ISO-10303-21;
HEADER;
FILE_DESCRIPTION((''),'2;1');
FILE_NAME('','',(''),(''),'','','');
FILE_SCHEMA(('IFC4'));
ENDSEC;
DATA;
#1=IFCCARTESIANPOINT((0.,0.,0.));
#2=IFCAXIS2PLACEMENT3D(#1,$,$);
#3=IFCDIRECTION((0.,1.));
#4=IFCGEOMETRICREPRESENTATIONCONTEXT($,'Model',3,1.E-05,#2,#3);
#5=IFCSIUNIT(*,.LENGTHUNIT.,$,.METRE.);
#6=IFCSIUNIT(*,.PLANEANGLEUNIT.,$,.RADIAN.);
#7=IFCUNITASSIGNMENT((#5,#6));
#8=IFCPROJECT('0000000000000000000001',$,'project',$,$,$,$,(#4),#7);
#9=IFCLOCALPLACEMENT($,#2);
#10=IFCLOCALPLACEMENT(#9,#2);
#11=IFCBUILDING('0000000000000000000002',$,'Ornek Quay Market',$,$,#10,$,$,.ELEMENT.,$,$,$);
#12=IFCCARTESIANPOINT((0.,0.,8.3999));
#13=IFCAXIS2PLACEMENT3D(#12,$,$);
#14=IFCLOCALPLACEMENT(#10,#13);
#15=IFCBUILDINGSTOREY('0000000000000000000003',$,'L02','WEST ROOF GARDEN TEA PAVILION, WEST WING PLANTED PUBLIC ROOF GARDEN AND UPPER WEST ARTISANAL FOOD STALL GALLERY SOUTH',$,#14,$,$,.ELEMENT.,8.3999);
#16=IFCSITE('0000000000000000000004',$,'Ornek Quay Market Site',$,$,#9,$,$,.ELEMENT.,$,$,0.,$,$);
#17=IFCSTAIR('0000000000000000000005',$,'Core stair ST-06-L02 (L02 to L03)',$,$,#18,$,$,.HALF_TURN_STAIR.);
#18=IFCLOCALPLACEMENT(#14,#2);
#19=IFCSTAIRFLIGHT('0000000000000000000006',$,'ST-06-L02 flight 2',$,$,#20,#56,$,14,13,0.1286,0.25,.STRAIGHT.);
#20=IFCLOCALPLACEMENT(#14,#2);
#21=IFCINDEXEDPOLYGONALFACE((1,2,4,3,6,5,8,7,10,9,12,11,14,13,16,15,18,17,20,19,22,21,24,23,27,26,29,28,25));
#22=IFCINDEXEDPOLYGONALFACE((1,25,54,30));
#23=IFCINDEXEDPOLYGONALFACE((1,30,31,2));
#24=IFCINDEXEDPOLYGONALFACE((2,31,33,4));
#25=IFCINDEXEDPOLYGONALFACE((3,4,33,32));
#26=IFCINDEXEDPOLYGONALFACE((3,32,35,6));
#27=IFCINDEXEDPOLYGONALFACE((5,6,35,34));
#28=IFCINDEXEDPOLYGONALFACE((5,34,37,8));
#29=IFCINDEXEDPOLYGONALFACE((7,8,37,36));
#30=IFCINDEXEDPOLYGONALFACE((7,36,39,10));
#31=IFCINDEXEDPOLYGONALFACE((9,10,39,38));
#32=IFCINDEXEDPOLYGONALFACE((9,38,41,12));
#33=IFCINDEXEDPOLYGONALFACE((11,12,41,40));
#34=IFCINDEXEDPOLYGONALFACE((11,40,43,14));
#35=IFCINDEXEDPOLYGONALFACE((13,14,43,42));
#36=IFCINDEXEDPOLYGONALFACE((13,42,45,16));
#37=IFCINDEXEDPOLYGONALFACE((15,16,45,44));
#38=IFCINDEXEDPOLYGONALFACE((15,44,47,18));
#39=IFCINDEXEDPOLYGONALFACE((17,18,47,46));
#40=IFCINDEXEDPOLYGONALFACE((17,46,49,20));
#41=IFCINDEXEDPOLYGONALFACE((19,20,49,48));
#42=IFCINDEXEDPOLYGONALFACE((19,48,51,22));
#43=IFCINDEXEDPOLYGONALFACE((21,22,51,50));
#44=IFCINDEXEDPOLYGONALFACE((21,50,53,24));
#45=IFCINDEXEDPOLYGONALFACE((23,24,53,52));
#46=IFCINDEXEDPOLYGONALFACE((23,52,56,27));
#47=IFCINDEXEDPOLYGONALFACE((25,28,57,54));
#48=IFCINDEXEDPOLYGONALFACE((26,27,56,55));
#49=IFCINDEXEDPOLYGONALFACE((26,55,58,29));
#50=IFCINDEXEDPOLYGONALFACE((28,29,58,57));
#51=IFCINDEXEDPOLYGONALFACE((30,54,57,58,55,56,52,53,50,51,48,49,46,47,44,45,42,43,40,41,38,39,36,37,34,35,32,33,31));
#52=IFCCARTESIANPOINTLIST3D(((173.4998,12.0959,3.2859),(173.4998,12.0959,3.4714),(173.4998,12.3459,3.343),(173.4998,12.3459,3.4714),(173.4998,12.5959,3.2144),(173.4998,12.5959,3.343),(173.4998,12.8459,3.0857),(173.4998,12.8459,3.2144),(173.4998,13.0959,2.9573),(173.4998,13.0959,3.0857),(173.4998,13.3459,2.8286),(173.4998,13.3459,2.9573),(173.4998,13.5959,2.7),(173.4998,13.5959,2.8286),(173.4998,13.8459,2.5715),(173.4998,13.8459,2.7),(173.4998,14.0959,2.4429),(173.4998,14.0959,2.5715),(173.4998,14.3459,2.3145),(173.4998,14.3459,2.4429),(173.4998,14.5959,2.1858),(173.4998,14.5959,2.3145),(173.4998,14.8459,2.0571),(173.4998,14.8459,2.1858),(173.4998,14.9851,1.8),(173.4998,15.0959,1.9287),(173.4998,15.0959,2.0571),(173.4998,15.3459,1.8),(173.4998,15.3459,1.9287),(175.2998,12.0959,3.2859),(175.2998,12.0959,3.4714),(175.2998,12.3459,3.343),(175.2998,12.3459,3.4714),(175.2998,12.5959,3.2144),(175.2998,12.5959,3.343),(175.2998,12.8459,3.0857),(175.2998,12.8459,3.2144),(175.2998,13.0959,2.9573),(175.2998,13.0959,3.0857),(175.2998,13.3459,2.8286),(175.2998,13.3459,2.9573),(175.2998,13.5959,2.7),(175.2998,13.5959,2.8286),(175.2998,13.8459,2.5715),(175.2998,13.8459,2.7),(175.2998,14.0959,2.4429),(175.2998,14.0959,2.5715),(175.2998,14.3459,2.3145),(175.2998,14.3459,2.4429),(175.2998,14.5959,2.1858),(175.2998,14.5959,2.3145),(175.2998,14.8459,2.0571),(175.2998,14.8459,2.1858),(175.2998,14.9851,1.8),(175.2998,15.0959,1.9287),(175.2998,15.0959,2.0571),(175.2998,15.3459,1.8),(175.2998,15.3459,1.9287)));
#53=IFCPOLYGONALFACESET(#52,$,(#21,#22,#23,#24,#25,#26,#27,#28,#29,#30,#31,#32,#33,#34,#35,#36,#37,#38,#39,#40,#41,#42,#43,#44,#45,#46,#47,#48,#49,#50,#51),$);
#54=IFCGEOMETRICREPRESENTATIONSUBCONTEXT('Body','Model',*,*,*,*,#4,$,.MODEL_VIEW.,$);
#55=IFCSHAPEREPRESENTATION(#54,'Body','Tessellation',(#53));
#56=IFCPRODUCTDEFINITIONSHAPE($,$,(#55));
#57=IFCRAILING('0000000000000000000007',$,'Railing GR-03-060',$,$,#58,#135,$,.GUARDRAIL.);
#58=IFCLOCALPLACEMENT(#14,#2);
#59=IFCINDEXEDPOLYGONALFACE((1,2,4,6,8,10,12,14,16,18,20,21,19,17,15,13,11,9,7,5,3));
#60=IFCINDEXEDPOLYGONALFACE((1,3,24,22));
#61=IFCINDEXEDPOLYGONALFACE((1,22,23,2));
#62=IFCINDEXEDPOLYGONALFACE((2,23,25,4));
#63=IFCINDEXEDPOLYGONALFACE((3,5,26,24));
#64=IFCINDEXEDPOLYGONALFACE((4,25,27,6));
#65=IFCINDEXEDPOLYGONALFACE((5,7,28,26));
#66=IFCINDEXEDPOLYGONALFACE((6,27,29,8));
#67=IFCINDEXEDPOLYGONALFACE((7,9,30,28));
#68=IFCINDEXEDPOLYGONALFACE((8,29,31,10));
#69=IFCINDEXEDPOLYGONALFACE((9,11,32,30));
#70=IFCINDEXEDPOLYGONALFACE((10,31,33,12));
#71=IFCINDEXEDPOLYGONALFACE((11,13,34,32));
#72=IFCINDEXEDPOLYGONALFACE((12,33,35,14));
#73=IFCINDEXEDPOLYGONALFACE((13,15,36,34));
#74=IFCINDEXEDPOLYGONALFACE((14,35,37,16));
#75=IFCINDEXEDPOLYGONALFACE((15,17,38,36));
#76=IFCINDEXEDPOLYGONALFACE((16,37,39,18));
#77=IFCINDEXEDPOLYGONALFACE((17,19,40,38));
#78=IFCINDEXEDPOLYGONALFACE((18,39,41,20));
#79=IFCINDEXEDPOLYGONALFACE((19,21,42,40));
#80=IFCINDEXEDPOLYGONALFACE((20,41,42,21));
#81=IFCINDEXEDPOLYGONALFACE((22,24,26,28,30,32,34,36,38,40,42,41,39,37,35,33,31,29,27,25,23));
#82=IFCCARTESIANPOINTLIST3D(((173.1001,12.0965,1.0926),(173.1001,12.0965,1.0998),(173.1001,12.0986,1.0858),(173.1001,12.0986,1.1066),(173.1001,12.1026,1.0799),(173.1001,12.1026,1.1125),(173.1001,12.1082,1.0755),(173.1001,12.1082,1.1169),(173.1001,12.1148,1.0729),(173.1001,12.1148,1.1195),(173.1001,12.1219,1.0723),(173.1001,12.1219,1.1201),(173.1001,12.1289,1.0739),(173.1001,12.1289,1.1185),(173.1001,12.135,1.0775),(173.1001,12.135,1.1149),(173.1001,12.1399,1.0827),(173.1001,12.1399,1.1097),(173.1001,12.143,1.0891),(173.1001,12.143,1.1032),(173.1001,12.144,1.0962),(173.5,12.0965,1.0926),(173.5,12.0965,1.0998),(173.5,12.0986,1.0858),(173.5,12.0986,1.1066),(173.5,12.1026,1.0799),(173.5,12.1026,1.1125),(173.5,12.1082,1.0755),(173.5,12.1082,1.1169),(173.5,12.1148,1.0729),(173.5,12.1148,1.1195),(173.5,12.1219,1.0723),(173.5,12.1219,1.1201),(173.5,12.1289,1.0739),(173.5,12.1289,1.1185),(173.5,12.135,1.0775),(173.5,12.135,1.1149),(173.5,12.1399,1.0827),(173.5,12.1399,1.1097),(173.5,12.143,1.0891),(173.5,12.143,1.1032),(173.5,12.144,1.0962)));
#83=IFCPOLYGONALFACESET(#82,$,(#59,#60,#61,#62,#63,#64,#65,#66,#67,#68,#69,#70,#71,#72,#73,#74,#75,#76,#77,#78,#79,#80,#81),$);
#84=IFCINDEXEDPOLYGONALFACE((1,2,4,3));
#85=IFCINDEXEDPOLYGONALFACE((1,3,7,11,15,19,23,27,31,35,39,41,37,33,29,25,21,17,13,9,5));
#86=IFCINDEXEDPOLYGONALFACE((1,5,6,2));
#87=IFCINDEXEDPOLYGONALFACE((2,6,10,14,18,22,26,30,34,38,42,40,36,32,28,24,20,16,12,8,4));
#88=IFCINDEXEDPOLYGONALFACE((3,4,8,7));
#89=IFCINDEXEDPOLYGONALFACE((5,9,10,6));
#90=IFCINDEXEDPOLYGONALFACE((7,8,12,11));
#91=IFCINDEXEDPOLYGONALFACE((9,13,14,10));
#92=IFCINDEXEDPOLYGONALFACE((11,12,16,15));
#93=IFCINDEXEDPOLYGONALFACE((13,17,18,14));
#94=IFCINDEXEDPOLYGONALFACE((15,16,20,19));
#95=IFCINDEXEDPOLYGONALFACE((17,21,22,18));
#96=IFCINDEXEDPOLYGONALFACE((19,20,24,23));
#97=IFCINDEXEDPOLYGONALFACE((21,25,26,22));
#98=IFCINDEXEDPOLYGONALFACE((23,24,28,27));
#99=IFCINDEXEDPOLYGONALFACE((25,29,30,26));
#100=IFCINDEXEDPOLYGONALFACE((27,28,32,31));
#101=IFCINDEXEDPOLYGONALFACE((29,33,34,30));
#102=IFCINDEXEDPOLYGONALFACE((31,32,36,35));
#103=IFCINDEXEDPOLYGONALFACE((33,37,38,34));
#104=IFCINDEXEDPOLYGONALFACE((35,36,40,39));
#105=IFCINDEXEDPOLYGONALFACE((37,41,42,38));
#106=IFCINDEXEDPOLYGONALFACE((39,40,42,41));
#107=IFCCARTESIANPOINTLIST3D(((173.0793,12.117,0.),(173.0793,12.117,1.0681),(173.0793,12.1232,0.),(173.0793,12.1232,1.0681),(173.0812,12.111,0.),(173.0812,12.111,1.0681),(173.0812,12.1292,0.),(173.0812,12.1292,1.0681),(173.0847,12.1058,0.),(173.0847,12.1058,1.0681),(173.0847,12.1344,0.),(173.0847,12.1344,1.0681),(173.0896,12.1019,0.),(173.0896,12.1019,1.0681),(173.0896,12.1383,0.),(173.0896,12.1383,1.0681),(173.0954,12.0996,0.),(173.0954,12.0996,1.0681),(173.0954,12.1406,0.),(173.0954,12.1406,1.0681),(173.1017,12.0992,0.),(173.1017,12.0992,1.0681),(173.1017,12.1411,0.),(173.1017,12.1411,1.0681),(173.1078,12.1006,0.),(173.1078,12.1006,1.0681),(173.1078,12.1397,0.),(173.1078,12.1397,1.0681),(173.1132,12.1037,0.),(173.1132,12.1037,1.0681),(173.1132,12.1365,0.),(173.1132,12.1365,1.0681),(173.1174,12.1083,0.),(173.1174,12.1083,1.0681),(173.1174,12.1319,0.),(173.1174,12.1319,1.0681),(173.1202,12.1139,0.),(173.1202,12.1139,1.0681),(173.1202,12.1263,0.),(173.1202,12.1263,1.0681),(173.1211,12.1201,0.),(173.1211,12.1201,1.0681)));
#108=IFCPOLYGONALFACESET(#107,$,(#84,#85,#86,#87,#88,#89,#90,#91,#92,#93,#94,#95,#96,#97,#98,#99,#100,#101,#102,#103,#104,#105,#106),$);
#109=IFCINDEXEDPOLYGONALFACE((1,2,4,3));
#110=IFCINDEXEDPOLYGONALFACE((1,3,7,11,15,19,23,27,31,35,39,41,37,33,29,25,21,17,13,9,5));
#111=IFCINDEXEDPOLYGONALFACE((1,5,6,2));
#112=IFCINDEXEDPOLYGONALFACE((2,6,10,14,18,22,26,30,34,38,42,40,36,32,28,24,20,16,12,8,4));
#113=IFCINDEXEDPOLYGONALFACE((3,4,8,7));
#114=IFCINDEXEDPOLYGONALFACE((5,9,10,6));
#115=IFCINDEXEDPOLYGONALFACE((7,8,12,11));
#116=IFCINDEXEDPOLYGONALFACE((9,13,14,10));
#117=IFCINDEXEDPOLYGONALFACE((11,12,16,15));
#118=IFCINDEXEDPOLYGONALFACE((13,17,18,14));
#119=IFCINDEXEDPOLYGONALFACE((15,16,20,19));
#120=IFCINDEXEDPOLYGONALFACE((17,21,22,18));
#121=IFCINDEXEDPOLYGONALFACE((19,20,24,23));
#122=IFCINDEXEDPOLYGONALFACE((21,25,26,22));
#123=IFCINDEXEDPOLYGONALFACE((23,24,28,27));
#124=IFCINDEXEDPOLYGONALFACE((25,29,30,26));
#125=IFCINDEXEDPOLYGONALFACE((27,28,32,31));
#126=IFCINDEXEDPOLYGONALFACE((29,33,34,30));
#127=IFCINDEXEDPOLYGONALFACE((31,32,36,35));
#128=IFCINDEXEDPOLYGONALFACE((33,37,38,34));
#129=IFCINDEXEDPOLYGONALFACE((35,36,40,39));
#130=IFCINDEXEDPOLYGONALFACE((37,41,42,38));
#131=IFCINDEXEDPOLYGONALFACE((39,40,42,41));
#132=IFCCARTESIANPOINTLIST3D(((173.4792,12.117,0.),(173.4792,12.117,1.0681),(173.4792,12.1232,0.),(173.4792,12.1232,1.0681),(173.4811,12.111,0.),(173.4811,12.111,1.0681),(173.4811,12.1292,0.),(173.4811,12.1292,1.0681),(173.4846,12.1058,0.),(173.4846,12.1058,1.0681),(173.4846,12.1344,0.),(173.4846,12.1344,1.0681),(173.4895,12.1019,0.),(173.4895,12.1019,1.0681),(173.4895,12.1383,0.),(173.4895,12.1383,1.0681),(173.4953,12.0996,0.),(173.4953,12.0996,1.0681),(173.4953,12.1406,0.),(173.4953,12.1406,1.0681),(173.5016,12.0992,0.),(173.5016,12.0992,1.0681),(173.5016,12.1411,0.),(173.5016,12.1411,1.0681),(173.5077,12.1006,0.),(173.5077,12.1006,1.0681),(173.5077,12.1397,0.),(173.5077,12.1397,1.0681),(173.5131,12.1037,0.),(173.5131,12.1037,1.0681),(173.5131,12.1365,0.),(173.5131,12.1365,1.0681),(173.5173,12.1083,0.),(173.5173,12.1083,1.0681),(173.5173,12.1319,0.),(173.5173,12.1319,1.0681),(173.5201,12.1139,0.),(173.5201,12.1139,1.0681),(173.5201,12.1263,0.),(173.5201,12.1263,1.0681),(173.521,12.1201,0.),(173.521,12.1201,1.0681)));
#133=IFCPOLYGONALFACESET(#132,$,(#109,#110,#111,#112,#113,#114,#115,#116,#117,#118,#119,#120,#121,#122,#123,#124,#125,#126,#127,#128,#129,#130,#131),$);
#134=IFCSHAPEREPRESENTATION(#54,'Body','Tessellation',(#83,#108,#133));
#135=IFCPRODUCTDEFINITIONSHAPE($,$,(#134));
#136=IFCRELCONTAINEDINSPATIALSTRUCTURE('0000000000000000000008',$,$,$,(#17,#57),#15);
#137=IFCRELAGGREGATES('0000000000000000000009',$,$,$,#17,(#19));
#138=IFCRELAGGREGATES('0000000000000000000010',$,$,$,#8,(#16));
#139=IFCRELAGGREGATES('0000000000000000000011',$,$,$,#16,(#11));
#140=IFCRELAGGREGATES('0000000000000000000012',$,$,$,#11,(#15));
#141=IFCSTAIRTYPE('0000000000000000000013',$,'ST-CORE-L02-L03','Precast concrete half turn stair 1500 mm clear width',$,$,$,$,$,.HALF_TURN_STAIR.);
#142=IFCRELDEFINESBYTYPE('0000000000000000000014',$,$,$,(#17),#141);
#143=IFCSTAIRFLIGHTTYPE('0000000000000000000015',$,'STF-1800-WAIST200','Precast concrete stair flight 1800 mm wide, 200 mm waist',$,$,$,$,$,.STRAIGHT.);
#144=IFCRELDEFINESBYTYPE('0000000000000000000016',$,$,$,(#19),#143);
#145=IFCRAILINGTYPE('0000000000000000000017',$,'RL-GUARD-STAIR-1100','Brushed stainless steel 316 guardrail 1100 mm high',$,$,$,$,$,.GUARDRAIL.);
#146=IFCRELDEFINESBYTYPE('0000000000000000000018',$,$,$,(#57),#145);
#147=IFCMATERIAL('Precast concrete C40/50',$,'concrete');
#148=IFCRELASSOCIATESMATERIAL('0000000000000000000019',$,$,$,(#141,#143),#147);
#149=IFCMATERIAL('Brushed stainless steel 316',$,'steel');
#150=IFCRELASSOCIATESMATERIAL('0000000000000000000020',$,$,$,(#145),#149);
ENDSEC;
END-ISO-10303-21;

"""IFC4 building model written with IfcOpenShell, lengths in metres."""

from ifc_helpers import new_model, si_unit, direction, frame, origin, origin_2d, place, context, subcontext, project, spatial, polyline, circle, outline, extrude, material, type_object, element, aggregate, save


model = new_model("IFC4")

# Units and contexts
model_context = context("Model", 3, precision=1e-05, world=origin(), true_north=direction((0.0, 1.0)))
body_context = subcontext(model_context, "Body", "Model", "MODEL_VIEW")
ifc_project = project(units=[si_unit("LENGTHUNIT", "METRE"), si_unit("PLANEANGLEUNIT", "RADIAN")], contexts=[model_context])

# Site, building, storey
site_placement = place(None, origin())
site = spatial("IfcSite", under=ifc_project, at=site_placement, Name="Ornek Quay Market Site", CompositionType="ELEMENT", RefElevation=0.0)
building_placement = place(site_placement, origin())
building = spatial("IfcBuilding", under=site, at=building_placement, Name="Ornek Quay Market", CompositionType="ELEMENT")
storey_placement = place(building_placement, frame((0.0, 0.0, 8.3999)))
storey = spatial("IfcBuildingStorey", under=building, at=storey_placement, Name="L02", Description="WEST ROOF GARDEN TEA PAVILION, WEST WING PLANTED PUBLIC ROOF GARDEN AND UPPER WEST ARTISANAL FOOD STALL GALLERY SOUTH", CompositionType="ELEMENT", Elevation=8.3999)

# Stair, stair flight
ifc_material_1 = material(Name="Precast concrete C40/50", Category="concrete")
stair_type = type_object("IfcStairType", Name="ST-CORE-L02-L03", Description="Precast concrete half turn stair 1500 mm clear width", PredefinedType="HALF_TURN_STAIR", material=ifc_material_1)
stair_placement = place(storey_placement, origin())
stair = element("IfcStair", 1, at=stair_placement, inside=storey, type_object=stair_type, Name="Core stair ST-06-L02 (L02 to L03)", PredefinedType="HALF_TURN_STAIR")
stair_flight_type = type_object("IfcStairFlightType", Name="STF-1800-WAIST200", Description="Precast concrete stair flight 1800 mm wide, 200 mm waist", PredefinedType="STRAIGHT", material=ifc_material_1)
stair_flight_1_placement = place(storey_placement, frame((174.3999, 15.3459, 1.8), z_axis=(0.0, 0.0, 1.0), x_axis=(0.0, -1.0, 0.0)))
stair_flight_1 = element("IfcStairFlight", 2, at=stair_flight_1_placement, type_object=stair_flight_type, Name="ST-06-L02 flight 2", NumberOfRisers=14, NumberOfTreads=13, PredefinedType="STRAIGHT", RiserHeight=0.1286, TreadLength=0.25, context=body_context, shape_type="SweptSolid", body=[
    extrude(outline(polyline([(0.0, 0.0), (0.0, 0.1287), (0.25, 0.1287), (0.25, 0.2571), (0.5, 0.2571), (0.5, 0.3857), (0.75, 0.3857), (0.75, 0.5144), (1.0, 0.5144), (1.0, 0.6428), (1.25, 0.6428), (1.25, 0.7715), (1.5, 0.7715), (1.5, 0.8999), (1.75, 0.8999), (1.75, 1.0286), (2.0, 1.0286), (2.0, 1.1572), (2.25, 1.1572), (2.25, 1.2856), (2.5, 1.2856), (2.5, 1.4143), (2.75, 1.4143), (2.75, 1.543), (3.0, 1.543), (3.0, 1.6714), (3.25, 1.6714), (3.25, 1.8), (3.25, 1.4858), (0.3608, 0.0), (0.0, 0.0)])), frame((0.0, 0.8999, 0.0), z_axis=(0.0, -1.0, 0.0), x_axis=(1.0, 0.0, 0.0)), (0.0, 0.0, 1.0), 1.8),
])
aggregate(stair, [stair_flight_1])

# Railing
ifc_material_2 = material(Name="Brushed stainless steel 316", Category="steel")
railing_type_1 = type_object("IfcRailingType", Name="RL-GUARD-STAIR-1100", Description="Brushed stainless steel 316 guardrail 1100 mm high", PredefinedType="GUARDRAIL", material=ifc_material_2)
railing_1_placement = place(storey_placement, frame((173.1001, 12.1201, 0.0)))
element("IfcRailing", 3, at=railing_1_placement, inside=storey, type_object=railing_type_1, Name="Railing GR-03-060", PredefinedType="GUARDRAIL", context=body_context, shape_type="SweptSolid", body=[
    extrude(circle(Radius=0.0239, at=origin_2d()), frame((0.0, 0.0, 1.0962), z_axis=(1.0, 0.0, 0.0), x_axis=(0.0, 1.0, 0.0)), (0.0, 0.0, 1.0), 0.3999),
    extrude(circle(Radius=0.021, at=origin_2d()), origin(), (0.0, 0.0, 1.0), 1.0681),
    extrude(circle(Radius=0.021, at=origin_2d()), frame((0.3999, 0.0, 0.0)), (0.0, 0.0, 1.0), 1.0681),
])

save(model, "model.ifc")
